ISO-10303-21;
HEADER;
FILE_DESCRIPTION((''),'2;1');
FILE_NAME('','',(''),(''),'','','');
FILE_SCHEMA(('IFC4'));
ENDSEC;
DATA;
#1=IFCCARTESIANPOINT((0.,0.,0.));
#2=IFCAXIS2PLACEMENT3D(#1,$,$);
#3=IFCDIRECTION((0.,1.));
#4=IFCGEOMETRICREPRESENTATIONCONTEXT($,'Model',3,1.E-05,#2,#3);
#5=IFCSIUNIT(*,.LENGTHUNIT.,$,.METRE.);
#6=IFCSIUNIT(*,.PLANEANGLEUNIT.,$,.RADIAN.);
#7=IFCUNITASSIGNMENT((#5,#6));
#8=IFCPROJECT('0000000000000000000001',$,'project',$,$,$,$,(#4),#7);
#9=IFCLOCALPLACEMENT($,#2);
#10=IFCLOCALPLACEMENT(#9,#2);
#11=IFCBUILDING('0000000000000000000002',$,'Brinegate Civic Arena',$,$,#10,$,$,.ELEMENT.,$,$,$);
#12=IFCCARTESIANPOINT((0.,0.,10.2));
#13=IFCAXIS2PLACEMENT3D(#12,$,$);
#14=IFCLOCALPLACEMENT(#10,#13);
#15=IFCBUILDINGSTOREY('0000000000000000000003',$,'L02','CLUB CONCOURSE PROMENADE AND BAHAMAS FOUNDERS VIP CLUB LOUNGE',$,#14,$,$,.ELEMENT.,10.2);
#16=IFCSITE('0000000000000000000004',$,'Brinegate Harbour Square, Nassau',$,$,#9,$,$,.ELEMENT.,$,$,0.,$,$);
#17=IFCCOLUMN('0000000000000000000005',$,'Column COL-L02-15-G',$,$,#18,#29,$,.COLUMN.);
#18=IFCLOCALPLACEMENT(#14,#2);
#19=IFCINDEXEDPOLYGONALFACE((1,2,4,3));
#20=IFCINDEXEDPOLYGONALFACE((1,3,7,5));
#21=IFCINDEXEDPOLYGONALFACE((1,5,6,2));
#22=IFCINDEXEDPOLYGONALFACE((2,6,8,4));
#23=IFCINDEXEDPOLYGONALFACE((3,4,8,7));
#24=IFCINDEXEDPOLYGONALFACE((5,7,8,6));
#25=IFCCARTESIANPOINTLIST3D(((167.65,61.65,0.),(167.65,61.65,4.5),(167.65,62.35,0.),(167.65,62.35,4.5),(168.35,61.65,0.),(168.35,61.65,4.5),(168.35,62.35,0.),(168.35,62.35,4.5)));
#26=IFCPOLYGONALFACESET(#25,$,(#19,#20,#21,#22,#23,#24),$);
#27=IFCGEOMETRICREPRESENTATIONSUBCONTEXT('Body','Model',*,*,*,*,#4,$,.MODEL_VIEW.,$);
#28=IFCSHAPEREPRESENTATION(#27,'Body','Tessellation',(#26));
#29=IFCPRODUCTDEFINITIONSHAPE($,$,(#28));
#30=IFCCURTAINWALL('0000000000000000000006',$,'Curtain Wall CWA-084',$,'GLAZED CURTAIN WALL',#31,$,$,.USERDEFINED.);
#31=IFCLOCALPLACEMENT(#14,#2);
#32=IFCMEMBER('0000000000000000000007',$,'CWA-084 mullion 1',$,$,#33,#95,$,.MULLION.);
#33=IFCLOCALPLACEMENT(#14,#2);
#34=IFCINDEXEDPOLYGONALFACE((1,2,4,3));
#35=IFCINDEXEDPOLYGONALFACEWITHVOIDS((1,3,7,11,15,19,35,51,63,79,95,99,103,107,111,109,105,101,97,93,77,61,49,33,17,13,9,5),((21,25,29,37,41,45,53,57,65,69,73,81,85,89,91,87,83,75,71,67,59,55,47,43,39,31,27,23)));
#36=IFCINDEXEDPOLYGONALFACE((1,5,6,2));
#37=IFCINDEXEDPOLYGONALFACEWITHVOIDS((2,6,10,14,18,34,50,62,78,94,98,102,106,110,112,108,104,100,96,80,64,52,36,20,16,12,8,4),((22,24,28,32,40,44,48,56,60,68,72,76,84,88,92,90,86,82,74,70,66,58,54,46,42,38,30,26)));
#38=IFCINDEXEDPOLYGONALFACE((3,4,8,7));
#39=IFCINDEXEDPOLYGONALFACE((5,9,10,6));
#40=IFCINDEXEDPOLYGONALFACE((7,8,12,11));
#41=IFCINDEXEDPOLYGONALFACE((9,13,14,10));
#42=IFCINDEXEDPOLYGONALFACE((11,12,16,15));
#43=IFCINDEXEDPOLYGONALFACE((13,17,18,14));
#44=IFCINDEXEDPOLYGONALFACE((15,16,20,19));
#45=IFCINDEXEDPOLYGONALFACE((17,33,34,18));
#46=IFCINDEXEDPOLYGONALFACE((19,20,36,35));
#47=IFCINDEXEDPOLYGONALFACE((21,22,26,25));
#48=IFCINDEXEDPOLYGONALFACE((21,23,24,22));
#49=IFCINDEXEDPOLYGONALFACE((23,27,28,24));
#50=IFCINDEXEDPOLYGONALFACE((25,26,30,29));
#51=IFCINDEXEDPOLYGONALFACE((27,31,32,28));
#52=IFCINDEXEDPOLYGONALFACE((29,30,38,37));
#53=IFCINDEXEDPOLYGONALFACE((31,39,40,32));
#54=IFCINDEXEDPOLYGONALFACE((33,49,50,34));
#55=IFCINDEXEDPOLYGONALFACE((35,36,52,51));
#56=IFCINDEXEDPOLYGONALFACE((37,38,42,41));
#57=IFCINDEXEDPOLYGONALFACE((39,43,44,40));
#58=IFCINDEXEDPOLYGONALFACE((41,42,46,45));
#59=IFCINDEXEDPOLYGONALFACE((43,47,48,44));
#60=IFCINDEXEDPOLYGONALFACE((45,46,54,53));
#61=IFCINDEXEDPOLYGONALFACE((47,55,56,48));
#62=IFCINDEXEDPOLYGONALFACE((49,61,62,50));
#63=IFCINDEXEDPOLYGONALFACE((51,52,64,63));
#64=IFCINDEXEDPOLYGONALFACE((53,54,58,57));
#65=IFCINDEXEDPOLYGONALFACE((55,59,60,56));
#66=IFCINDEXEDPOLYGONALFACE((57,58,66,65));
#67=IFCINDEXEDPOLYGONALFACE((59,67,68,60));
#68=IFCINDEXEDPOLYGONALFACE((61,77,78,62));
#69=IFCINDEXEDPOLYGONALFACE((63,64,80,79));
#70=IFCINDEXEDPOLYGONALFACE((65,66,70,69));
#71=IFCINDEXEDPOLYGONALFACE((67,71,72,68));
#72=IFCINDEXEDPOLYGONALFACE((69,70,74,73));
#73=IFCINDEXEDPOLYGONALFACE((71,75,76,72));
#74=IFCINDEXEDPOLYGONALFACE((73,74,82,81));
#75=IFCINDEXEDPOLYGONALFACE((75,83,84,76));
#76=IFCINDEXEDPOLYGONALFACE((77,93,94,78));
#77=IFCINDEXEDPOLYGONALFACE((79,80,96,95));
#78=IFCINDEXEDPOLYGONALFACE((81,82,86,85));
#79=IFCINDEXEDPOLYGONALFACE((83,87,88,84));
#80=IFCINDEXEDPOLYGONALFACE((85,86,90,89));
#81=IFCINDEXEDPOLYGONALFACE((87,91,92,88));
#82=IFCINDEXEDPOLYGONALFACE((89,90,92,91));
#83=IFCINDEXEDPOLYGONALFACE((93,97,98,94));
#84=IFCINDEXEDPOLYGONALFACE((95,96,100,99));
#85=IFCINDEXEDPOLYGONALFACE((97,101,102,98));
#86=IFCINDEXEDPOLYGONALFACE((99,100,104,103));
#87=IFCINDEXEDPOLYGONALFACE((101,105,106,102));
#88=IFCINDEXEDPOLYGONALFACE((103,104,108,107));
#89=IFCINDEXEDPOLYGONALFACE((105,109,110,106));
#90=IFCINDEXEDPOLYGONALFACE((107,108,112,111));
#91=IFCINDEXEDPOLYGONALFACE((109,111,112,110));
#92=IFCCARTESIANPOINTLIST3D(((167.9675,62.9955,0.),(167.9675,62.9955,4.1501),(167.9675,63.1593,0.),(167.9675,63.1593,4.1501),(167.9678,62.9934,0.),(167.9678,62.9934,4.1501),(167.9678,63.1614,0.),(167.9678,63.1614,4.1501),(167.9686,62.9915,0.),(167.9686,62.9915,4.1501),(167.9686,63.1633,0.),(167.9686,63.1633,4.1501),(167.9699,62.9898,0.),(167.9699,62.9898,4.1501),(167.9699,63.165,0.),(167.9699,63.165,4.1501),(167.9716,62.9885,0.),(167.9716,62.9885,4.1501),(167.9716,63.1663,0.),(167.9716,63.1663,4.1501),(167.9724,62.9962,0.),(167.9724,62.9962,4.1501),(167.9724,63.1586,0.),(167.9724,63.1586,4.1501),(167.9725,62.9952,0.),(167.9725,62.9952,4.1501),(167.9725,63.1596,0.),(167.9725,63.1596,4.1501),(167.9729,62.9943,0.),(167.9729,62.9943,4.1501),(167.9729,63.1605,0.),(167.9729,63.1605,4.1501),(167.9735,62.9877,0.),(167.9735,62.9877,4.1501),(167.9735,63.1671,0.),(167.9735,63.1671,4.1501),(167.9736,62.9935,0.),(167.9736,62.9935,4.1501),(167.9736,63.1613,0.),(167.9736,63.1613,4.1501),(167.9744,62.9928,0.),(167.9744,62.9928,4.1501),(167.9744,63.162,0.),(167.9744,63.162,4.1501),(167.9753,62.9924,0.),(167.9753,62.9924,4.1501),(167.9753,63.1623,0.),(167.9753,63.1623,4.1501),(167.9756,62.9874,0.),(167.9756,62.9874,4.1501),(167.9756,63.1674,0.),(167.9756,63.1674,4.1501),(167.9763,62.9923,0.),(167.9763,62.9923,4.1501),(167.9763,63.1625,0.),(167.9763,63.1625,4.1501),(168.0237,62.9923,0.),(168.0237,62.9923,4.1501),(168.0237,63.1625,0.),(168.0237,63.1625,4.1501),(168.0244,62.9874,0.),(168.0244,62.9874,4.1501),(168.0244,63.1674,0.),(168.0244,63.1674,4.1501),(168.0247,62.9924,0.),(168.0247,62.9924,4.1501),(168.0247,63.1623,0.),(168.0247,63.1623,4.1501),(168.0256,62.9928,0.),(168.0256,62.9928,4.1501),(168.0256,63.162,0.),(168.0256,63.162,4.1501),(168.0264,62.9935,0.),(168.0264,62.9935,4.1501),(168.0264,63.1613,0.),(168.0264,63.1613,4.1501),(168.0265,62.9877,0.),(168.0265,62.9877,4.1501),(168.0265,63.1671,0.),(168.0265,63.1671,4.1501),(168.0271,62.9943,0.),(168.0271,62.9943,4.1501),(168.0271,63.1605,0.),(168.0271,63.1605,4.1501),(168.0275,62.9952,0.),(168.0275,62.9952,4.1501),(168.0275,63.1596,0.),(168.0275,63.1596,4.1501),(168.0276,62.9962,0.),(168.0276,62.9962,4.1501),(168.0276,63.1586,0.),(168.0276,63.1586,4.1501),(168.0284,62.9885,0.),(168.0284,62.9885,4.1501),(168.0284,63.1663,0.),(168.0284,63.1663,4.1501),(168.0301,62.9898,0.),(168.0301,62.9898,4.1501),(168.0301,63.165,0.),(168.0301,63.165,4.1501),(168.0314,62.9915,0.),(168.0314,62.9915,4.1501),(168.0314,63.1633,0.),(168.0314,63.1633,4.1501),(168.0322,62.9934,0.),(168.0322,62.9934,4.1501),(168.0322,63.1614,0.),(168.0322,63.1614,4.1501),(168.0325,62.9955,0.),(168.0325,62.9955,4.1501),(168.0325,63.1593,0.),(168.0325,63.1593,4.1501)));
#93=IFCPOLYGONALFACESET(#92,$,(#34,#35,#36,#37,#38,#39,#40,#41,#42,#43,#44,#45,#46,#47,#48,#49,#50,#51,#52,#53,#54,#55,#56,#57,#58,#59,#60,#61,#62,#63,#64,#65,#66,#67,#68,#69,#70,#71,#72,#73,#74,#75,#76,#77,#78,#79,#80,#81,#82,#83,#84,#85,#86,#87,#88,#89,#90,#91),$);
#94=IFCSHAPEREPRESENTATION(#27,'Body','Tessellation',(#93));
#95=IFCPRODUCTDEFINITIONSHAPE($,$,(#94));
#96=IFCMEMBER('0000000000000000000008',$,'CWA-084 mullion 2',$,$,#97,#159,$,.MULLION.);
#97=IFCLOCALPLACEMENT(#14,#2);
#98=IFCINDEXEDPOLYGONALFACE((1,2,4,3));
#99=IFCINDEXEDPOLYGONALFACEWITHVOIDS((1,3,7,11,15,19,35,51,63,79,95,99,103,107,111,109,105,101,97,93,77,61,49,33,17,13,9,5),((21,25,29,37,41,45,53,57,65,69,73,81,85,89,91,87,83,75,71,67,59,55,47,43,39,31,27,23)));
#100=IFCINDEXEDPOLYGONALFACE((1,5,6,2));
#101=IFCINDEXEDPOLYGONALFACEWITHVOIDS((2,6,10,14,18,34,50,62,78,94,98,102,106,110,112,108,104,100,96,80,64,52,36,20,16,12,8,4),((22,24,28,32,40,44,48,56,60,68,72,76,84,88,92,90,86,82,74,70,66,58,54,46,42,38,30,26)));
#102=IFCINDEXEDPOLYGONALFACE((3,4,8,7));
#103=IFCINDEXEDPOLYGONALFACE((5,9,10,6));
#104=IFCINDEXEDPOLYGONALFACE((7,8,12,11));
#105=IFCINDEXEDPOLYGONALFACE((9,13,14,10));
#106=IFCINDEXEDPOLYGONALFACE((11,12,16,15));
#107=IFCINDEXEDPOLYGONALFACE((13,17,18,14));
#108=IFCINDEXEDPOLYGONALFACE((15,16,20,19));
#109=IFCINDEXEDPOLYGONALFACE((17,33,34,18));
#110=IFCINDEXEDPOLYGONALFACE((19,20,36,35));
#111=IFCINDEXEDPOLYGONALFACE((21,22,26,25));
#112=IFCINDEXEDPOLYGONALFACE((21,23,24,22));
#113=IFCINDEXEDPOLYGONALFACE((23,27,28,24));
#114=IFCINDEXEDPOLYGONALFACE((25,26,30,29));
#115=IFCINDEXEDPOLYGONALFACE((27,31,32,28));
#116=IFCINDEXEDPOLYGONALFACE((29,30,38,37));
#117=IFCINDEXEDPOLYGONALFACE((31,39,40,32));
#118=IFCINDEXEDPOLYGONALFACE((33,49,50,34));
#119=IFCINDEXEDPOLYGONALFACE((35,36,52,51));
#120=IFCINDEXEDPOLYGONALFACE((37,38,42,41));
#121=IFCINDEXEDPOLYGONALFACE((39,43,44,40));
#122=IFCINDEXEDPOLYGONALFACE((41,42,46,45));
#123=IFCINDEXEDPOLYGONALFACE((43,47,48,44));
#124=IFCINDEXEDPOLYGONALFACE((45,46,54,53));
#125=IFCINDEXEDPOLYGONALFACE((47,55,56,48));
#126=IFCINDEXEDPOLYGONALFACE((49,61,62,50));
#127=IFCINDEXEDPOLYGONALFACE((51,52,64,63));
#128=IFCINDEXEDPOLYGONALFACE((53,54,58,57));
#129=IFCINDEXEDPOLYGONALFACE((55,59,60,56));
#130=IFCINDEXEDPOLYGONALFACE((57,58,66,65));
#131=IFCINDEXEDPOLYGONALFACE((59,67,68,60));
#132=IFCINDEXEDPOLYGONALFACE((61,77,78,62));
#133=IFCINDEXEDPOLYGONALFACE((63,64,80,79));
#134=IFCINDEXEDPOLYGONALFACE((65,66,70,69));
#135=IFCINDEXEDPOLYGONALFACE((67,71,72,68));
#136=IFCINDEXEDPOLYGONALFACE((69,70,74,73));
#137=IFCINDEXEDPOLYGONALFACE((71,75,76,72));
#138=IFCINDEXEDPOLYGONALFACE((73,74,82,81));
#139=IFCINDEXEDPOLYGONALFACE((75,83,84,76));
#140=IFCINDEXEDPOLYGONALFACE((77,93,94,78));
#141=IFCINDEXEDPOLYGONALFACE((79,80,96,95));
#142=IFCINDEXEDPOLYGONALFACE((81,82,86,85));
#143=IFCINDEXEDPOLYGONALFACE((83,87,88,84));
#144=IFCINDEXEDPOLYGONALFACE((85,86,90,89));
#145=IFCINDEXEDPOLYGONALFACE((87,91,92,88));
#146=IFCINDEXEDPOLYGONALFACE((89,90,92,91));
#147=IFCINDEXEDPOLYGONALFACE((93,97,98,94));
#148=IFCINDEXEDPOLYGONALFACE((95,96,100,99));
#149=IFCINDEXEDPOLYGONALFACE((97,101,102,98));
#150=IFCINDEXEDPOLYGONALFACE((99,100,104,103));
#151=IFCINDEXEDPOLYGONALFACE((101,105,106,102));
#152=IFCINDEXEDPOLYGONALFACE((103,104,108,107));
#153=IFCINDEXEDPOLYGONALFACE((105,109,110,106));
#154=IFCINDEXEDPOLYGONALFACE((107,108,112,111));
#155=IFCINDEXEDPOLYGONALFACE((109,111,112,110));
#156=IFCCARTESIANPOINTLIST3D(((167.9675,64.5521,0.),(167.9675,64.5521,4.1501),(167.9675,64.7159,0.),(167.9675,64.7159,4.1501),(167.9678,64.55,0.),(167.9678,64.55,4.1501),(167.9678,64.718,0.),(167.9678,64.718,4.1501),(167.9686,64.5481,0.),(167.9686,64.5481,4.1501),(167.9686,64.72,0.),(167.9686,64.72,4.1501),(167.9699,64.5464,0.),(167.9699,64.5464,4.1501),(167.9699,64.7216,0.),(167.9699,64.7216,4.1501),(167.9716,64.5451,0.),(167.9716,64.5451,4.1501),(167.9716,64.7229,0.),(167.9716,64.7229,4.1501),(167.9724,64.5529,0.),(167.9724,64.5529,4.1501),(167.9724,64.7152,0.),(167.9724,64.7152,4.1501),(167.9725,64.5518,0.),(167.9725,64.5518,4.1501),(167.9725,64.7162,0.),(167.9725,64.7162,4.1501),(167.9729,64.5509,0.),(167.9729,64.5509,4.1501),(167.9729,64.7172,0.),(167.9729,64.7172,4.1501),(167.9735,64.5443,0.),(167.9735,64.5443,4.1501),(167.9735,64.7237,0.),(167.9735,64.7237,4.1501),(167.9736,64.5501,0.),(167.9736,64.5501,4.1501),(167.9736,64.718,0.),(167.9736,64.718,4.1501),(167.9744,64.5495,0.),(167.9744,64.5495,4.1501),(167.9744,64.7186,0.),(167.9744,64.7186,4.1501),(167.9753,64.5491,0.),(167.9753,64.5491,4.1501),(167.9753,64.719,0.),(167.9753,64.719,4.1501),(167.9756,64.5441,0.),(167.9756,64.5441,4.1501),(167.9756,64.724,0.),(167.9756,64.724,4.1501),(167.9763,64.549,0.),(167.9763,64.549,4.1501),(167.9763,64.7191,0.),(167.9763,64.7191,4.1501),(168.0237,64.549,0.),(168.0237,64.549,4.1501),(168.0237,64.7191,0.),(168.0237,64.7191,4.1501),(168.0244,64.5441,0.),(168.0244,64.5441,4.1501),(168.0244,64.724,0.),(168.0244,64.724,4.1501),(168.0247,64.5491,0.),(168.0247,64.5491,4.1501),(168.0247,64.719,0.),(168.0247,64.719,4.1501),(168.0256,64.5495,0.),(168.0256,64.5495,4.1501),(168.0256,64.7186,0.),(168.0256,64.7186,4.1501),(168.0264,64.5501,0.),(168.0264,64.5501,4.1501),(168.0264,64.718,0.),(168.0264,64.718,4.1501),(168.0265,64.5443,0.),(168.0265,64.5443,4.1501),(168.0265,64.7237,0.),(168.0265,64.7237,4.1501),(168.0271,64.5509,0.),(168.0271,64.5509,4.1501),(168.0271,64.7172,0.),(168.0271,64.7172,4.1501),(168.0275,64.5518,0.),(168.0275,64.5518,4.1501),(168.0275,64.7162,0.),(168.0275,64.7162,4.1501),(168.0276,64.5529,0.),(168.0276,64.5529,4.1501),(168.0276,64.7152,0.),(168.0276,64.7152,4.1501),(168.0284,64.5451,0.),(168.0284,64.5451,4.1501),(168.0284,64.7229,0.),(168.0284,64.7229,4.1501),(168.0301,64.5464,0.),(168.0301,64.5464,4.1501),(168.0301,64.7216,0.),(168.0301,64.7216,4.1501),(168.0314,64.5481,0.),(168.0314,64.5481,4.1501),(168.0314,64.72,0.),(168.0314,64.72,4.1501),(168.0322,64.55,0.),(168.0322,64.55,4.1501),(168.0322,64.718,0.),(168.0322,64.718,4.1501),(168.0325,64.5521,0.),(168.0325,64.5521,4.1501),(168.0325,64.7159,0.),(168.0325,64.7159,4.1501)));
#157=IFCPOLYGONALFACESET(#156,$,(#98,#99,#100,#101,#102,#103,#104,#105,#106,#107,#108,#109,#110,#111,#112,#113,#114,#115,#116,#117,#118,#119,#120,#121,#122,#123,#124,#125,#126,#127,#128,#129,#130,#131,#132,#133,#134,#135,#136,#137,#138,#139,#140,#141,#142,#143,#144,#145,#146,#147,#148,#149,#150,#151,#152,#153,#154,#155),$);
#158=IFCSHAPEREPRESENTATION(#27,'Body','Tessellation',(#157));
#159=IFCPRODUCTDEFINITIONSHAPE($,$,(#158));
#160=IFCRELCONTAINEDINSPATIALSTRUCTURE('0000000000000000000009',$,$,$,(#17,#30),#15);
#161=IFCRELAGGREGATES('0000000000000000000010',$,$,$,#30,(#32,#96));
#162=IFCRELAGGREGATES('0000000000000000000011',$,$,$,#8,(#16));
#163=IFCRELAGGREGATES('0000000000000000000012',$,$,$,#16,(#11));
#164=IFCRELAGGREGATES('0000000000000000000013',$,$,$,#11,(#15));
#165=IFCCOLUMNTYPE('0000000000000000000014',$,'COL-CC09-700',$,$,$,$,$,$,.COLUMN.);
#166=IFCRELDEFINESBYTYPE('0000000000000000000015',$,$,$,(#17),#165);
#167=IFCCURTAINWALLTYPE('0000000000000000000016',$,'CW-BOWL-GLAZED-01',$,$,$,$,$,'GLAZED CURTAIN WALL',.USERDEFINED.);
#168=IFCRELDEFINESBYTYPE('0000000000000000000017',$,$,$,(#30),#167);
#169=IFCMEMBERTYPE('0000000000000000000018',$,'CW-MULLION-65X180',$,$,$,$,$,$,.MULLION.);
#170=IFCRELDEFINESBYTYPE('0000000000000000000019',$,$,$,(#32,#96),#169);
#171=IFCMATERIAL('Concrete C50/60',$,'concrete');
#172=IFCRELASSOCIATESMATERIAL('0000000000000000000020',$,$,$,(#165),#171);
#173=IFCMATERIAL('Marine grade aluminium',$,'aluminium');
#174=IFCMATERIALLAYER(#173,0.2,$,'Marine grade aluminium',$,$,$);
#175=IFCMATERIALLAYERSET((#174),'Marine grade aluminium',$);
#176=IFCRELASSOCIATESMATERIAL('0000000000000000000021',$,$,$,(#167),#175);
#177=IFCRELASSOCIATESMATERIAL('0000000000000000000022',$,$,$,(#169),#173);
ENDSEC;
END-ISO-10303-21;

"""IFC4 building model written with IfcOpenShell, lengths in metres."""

from ifc_helpers import new_model, si_unit, direction, frame, origin, origin_2d, place, context, subcontext, project, spatial, rectangle, hollow_rectangle, extrude, material, layer, layer_set, material_profile, profile_set, type_object, element, aggregate, save


model = new_model("IFC4")

# Units and contexts
model_context = context("Model", 3, precision=1e-05, world=origin(), true_north=direction((0.0, 1.0)))
body_context = subcontext(model_context, "Body", "Model", "MODEL_VIEW")
ifc_project = project(units=[si_unit("LENGTHUNIT", "METRE"), si_unit("PLANEANGLEUNIT", "RADIAN")], contexts=[model_context])

# Site, building, storey
site_placement = place(None, origin())
site = spatial("IfcSite", under=ifc_project, at=site_placement, Name="Brinegate Harbour Square, Nassau", CompositionType="ELEMENT", RefElevation=0.0)
building_placement = place(site_placement, origin())
building = spatial("IfcBuilding", under=site, at=building_placement, Name="Brinegate Civic Arena", CompositionType="ELEMENT")
storey_placement = place(building_placement, frame((0.0, 0.0, 10.2)))
storey = spatial("IfcBuildingStorey", under=building, at=storey_placement, Name="L02", Description="CLUB CONCOURSE PROMENADE AND BAHAMAS FOUNDERS VIP CLUB LOUNGE", CompositionType="ELEMENT", Elevation=10.2)

# Column
ifc_material_1 = material(Name="Concrete C50/60", Category="concrete")
ifc_material_profile_1 = material_profile(ifc_material_1, rectangle(XDim=0.7, YDim=0.7, at=origin_2d()), Name="RC700X700")
ifc_profile_set_1 = profile_set([ifc_material_profile_1], Name="Concrete C50/60")
column_type = type_object("IfcColumnType", Name="COL-CC09-700", PredefinedType="COLUMN", material=ifc_profile_set_1)
column_placement = place(storey_placement, frame((168.0, 62.0, 0.0), z_axis=(0.0, 0.0, 1.0), x_axis=(1.0, 0.0, 0.0)))
element("IfcColumn", 1, at=column_placement, inside=storey, type_object=column_type, Name="Column COL-L02-15-G", PredefinedType="COLUMN", context=body_context, shape_type="SweptSolid", body=[
    extrude(rectangle(XDim=0.7, YDim=0.7, at=origin_2d()), origin(), (0.0, 0.0, 1.0), 4.5),
])

# Curtain wall, members
ifc_material_2 = material(Name="Marine grade aluminium", Category="aluminium")
ifc_layer_1 = layer(ifc_material_2, 0.2, Name="Marine grade aluminium")
ifc_layer_set_1 = layer_set([ifc_layer_1], Name="Marine grade aluminium")
curtain_wall_type = type_object("IfcCurtainWallType", Name="CW-BOWL-GLAZED-01", ElementType="GLAZED CURTAIN WALL", PredefinedType="USERDEFINED", material=ifc_layer_set_1)
curtain_wall_placement = place(storey_placement, origin())
curtain_wall = element("IfcCurtainWall", 2, at=curtain_wall_placement, inside=storey, type_object=curtain_wall_type, Name="Curtain Wall CWA-084", ObjectType="GLAZED CURTAIN WALL", PredefinedType="USERDEFINED")
ifc_material_profile_2 = material_profile(ifc_material_2, hollow_rectangle(XDim=0.0649, YDim=0.1799, WallThickness=0.0049, InnerFilletRadius=0.0039, OuterFilletRadius=0.0081, at=origin_2d()), Name="MUL65X180")
ifc_profile_set_2 = profile_set([ifc_material_profile_2], Name="Marine grade aluminium")
member_type_1 = type_object("IfcMemberType", Name="CW-MULLION-65X180", PredefinedType="MULLION", material=ifc_profile_set_2)
member_1_placement = place(storey_placement, frame((168.0, 63.0774, 0.0), z_axis=(0.0, 0.0, 1.0), x_axis=(-1.0, 0.0, 0.0)))
member_1 = element("IfcMember", 3, at=member_1_placement, type_object=member_type_1, Name="CWA-084 mullion 1", PredefinedType="MULLION", context=body_context, shape_type="SweptSolid", body=[
    extrude(hollow_rectangle(XDim=0.0649, YDim=0.1799, WallThickness=0.0049, InnerFilletRadius=0.0039, OuterFilletRadius=0.0081, at=origin_2d()), origin(), (0.0, 0.0, 1.0), 4.1501),
])
member_2_placement = place(storey_placement, frame((168.0, 64.634, 0.0), z_axis=(0.0, 0.0, 1.0), x_axis=(-1.0, 0.0, 0.0)))
member_2 = element("IfcMember", 4, at=member_2_placement, type_object=member_type_1, Name="CWA-084 mullion 2", PredefinedType="MULLION", context=body_context, shape_type="SweptSolid", body=[
    extrude(hollow_rectangle(XDim=0.0649, YDim=0.1799, WallThickness=0.0049, InnerFilletRadius=0.0039, OuterFilletRadius=0.0081, at=origin_2d()), origin(), (0.0, 0.0, 1.0), 4.1501),
])

aggregate(curtain_wall, [member_1, member_2])

save(model, "model.ifc")
